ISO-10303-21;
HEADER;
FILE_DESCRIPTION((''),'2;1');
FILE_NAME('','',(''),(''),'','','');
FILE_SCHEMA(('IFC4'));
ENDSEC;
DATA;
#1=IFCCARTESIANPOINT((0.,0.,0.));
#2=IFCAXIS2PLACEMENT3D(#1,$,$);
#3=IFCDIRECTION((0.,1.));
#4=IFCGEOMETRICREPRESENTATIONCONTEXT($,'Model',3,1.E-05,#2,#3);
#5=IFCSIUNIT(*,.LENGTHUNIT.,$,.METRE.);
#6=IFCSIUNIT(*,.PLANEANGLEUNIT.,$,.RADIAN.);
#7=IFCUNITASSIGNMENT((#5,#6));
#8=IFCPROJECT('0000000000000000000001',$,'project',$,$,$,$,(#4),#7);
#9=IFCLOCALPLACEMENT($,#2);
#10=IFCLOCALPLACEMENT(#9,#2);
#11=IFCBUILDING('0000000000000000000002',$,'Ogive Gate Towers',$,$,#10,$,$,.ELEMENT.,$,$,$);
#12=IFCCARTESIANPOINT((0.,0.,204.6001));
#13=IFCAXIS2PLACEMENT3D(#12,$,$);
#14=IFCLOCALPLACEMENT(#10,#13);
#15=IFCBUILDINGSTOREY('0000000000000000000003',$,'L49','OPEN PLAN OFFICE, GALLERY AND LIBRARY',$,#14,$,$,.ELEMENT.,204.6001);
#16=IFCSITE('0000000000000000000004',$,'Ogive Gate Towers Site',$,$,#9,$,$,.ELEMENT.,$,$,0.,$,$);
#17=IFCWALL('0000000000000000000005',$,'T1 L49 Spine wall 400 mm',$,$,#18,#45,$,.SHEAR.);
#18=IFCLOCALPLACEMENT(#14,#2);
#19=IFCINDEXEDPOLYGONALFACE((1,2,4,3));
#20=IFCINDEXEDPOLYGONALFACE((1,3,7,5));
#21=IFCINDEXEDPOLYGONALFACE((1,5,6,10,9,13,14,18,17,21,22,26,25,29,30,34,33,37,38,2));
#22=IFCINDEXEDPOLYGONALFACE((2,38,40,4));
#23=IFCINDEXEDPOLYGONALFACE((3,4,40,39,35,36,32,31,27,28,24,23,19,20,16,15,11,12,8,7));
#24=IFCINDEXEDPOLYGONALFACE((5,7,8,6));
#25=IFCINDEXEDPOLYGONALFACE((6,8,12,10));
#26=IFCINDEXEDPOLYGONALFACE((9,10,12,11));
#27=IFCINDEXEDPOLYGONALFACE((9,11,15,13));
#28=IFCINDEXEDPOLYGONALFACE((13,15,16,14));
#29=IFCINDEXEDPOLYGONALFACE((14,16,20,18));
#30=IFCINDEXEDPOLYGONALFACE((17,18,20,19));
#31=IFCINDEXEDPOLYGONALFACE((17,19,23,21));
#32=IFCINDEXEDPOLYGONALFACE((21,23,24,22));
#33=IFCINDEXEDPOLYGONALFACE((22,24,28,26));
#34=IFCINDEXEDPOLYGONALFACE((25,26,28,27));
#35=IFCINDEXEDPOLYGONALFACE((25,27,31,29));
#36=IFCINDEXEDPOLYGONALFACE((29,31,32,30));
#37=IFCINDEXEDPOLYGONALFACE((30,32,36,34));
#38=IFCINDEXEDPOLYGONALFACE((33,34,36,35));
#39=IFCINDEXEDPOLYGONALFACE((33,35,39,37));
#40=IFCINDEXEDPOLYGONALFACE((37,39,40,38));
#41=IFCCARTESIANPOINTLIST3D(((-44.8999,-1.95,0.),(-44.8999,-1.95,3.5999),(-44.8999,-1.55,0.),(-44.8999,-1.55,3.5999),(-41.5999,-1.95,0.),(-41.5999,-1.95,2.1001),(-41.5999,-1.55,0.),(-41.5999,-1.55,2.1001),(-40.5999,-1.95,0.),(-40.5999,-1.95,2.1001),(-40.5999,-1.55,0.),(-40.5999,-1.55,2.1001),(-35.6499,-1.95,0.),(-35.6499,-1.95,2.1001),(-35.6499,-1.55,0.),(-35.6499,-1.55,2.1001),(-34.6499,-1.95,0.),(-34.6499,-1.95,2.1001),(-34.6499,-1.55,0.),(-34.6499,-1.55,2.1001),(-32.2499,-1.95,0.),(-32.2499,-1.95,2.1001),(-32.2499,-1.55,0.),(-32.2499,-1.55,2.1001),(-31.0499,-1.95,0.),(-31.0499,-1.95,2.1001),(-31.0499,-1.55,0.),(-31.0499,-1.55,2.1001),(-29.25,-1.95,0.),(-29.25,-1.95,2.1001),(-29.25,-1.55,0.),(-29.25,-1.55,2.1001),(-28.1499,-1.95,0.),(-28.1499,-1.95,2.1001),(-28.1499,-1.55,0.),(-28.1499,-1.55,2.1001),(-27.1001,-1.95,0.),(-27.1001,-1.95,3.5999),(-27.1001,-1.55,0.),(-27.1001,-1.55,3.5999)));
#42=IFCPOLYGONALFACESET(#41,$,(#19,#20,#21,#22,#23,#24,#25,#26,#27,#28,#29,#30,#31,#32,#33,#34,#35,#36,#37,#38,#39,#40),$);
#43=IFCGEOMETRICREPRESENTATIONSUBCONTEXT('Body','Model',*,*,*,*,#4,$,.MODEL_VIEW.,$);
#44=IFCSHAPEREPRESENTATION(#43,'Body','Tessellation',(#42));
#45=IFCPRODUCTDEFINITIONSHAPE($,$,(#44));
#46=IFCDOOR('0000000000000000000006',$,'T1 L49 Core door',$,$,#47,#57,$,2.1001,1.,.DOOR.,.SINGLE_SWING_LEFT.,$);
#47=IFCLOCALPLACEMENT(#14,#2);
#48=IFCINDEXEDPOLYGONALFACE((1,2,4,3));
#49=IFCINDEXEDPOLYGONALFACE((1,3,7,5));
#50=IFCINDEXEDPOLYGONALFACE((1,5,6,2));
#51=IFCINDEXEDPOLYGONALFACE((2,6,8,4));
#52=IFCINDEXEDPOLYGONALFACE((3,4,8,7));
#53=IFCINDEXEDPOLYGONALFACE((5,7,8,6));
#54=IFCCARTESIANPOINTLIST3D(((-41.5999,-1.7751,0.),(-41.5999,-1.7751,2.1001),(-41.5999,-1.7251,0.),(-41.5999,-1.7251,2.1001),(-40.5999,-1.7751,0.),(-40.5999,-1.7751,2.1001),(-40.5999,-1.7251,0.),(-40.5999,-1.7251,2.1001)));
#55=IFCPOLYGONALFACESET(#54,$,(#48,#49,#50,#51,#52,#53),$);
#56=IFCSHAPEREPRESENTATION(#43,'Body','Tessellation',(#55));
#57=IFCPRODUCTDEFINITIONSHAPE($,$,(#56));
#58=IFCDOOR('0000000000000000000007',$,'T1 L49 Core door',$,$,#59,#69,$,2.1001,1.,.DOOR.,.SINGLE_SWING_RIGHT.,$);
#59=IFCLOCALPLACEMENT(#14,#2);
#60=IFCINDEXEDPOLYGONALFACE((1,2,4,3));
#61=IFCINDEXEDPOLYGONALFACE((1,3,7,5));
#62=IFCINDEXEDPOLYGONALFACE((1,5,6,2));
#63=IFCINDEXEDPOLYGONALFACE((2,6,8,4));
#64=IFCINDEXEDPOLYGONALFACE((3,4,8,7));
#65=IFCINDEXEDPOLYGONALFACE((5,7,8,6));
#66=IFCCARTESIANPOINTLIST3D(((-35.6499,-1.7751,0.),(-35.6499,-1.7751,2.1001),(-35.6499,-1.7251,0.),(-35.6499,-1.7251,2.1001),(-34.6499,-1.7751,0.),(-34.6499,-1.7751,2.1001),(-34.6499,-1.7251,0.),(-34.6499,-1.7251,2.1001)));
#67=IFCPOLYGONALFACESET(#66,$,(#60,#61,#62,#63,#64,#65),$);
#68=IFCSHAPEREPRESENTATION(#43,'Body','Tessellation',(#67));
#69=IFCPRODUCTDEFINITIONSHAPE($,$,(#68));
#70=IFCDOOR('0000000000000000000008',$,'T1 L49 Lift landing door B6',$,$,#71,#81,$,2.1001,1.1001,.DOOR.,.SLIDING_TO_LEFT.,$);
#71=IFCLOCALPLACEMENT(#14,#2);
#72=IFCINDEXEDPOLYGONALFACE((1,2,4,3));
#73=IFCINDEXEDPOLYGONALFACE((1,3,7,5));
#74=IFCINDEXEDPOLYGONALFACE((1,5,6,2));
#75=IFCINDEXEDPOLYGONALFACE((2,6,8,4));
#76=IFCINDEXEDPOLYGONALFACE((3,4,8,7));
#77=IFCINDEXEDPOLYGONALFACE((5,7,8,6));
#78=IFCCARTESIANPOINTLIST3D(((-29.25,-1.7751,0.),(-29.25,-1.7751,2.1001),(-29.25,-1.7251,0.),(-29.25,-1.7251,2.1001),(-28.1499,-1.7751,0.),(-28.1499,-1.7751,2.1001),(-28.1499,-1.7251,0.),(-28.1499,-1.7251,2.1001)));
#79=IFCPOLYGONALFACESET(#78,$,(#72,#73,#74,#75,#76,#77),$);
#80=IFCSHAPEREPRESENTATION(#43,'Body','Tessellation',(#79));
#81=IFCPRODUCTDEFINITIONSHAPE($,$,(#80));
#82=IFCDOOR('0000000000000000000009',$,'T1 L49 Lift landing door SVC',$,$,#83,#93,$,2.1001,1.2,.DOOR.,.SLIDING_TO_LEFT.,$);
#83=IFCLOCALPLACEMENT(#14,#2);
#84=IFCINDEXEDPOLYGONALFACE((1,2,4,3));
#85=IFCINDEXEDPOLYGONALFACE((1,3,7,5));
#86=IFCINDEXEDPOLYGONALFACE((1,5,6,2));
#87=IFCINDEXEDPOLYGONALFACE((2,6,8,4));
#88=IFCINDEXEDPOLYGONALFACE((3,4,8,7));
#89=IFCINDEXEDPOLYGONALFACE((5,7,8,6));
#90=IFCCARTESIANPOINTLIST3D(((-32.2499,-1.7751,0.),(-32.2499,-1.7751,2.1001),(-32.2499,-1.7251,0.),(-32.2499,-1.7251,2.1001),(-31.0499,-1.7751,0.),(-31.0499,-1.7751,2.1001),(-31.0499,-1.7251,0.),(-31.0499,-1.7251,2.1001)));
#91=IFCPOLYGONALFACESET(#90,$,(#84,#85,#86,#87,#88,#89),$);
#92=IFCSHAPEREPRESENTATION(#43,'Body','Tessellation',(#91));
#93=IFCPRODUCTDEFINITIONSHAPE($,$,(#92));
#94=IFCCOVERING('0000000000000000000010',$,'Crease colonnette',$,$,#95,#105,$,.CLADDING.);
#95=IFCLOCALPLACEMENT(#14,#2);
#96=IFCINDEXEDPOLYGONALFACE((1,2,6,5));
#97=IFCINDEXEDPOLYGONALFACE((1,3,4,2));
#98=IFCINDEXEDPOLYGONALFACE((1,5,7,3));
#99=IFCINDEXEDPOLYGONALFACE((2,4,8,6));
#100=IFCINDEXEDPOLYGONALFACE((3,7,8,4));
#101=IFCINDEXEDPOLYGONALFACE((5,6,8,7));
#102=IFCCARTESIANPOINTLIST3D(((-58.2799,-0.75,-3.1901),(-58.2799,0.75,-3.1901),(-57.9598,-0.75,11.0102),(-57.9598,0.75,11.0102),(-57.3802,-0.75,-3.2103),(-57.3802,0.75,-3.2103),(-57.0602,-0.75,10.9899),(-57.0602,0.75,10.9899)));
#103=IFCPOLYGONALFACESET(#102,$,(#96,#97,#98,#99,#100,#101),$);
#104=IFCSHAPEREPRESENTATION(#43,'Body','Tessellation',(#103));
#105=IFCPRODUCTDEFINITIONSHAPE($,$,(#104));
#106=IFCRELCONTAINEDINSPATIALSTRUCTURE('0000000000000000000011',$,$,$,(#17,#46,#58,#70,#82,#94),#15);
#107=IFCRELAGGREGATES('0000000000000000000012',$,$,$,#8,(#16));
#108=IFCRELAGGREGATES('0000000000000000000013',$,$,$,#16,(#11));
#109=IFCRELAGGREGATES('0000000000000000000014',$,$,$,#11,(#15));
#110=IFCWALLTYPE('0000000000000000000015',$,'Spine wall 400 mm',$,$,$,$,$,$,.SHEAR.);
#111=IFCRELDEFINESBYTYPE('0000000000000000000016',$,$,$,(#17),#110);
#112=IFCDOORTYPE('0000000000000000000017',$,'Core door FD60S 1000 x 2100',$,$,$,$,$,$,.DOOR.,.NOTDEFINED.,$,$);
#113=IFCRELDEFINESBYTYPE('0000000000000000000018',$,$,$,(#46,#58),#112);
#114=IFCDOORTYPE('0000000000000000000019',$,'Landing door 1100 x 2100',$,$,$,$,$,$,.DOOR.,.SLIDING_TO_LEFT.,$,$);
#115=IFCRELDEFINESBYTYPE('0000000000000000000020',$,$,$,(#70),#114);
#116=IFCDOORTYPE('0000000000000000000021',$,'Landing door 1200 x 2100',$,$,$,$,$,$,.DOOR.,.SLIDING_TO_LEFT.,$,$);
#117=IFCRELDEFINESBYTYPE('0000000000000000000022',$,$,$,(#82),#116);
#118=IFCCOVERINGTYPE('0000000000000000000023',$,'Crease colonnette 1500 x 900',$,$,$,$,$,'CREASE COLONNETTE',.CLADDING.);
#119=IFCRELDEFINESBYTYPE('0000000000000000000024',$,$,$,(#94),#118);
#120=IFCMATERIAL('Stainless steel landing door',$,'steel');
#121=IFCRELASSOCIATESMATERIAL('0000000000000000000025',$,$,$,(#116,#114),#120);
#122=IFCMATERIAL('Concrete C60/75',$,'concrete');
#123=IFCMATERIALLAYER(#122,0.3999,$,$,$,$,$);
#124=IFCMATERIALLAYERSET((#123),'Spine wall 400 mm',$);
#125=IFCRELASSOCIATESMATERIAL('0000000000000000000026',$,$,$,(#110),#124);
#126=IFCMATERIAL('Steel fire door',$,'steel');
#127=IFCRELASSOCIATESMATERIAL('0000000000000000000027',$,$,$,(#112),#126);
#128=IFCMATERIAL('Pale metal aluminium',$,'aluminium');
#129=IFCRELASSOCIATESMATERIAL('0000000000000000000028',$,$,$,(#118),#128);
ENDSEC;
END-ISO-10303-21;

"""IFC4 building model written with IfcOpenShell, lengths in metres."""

from ifc_helpers import new_model, si_unit, direction, frame, frame_2d, origin, origin_2d, place, context, subcontext, project, spatial, rectangle, extrude, material, layer, layer_set, material_profile, profile_set, type_object, element, fill, save


model = new_model("IFC4")

# Units and contexts
model_context = context("Model", 3, precision=1e-05, world=origin(), true_north=direction((0.0, 1.0)))
body_context = subcontext(model_context, "Body", "Model", "MODEL_VIEW")
ifc_project = project(units=[si_unit("LENGTHUNIT", "METRE"), si_unit("PLANEANGLEUNIT", "RADIAN")], contexts=[model_context])

# Site, building, storey
site_placement = place(None, origin())
site = spatial("IfcSite", under=ifc_project, at=site_placement, Name="Ogive Gate Towers Site", CompositionType="ELEMENT", RefElevation=0.0)
building_placement = place(site_placement, origin())
building = spatial("IfcBuilding", under=site, at=building_placement, Name="Ogive Gate Towers", CompositionType="ELEMENT")
storey_placement = place(building_placement, frame((0.0, 0.0, 204.6001)))
storey = spatial("IfcBuildingStorey", under=building, at=storey_placement, Name="L49", Description="OPEN PLAN OFFICE, GALLERY AND LIBRARY", CompositionType="ELEMENT", Elevation=204.6001)

# Shared definitions
ifc_material_1 = material(Name="Concrete C60/75", Category="concrete")
ifc_material_2 = material(Name="Steel fire door", Category="steel")

# Shared definitions
ifc_material_3 = material(Name="Stainless steel landing door", Category="steel")
door_type_1 = type_object("IfcDoorType", Name="Landing door 1200 x 2100", OperationType="SLIDING_TO_LEFT", PredefinedType="DOOR", material=ifc_material_3)

# Wall, openings, doors
ifc_layer_1 = layer(ifc_material_1, 0.3999)
ifc_layer_set_1 = layer_set([ifc_layer_1], Name="Spine wall 400 mm")
wall_type_1 = type_object("IfcWallType", Name="Spine wall 400 mm", PredefinedType="SHEAR", material=ifc_layer_set_1)
wall_1_placement = place(storey_placement, frame((-44.8999, -1.75, 0.0), z_axis=(0.0, 0.0, 1.0), x_axis=(1.0, 0.0, 0.0)))
wall_1 = element("IfcWall", 1, at=wall_1_placement, inside=storey, type_object=wall_type_1, Name="T1 L49 Spine wall 400 mm", PredefinedType="SHEAR", context=body_context, shape_type="SweptSolid", body=[
    extrude(rectangle(XDim=17.7998, YDim=0.3999, at=frame_2d((8.8999, 0.0))), origin(), (0.0, 0.0, 1.0), 3.5999),
])
opening_1_placement = place(wall_1_placement, frame((12.6499, 0.0, 0.0)))
opening_1 = element("IfcOpeningElement", 2, at=opening_1_placement, cuts=wall_1, PredefinedType="OPENING", context=body_context, shape_type="SweptSolid", body=[
    extrude(rectangle(XDim=1.2, YDim=2.1001, at=frame_2d((0.6001, 1.05))), frame((0.0, 0.21, 0.0), z_axis=(0.0, -1.0, 0.0), x_axis=(1.0, 0.0, 0.0)), (0.0, 0.0, 1.0), 0.4199),
])
opening_2_placement = place(wall_1_placement, frame((15.6499, 0.0, 0.0)))
opening_2 = element("IfcOpeningElement", 3, at=opening_2_placement, cuts=wall_1, PredefinedType="OPENING", context=body_context, shape_type="SweptSolid", body=[
    extrude(rectangle(XDim=1.1001, YDim=2.1001, at=frame_2d((0.55, 1.05))), frame((0.0, 0.21, 0.0), z_axis=(0.0, -1.0, 0.0), x_axis=(1.0, 0.0, 0.0)), (0.0, 0.0, 1.0), 0.4199),
])
opening_3_placement = place(wall_1_placement, frame((3.3, 0.0, 0.0)))
opening_3 = element("IfcOpeningElement", 4, at=opening_3_placement, cuts=wall_1, PredefinedType="OPENING", context=body_context, shape_type="SweptSolid", body=[
    extrude(rectangle(XDim=1.0, YDim=2.1001, at=frame_2d((0.5, 1.05))), frame((0.0, 0.21, 0.0), z_axis=(0.0, -1.0, 0.0), x_axis=(1.0, 0.0, 0.0)), (0.0, 0.0, 1.0), 0.4199),
])
opening_4_placement = place(wall_1_placement, frame((9.25, 0.0, 0.0)))
opening_4 = element("IfcOpeningElement", 5, at=opening_4_placement, cuts=wall_1, PredefinedType="OPENING", context=body_context, shape_type="SweptSolid", body=[
    extrude(rectangle(XDim=1.0, YDim=2.1001, at=frame_2d((0.5, 1.05))), frame((0.0, 0.21, 0.0), z_axis=(0.0, -1.0, 0.0), x_axis=(1.0, 0.0, 0.0)), (0.0, 0.0, 1.0), 0.4199),
])
door_type_2 = type_object("IfcDoorType", Name="Core door FD60S 1000 x 2100", OperationType="NOTDEFINED", PredefinedType="DOOR", material=ifc_material_2)
door_1_placement = place(opening_3_placement, origin())
door_1 = element("IfcDoor", 6, at=door_1_placement, inside=storey, type_object=door_type_2, Name="T1 L49 Core door", OperationType="SINGLE_SWING_LEFT", OverallHeight=2.1001, OverallWidth=1.0, PredefinedType="DOOR", context=body_context, shape_type="SweptSolid", body=[
    extrude(rectangle(XDim=1.0, YDim=2.1001, at=frame_2d((0.5, 1.05))), frame((0.0, 0.0249, 0.0), z_axis=(0.0, -1.0, 0.0), x_axis=(1.0, 0.0, 0.0)), (0.0, 0.0, 1.0), 0.05),
])
fill(opening_3, door_1)
door_2_placement = place(opening_4_placement, origin())
door_2 = element("IfcDoor", 7, at=door_2_placement, inside=storey, type_object=door_type_2, Name="T1 L49 Core door", OperationType="SINGLE_SWING_RIGHT", OverallHeight=2.1001, OverallWidth=1.0, PredefinedType="DOOR", context=body_context, shape_type="SweptSolid", body=[
    extrude(rectangle(XDim=1.0, YDim=2.1001, at=frame_2d((0.5, 1.05))), frame((0.0, 0.0249, 0.0), z_axis=(0.0, -1.0, 0.0), x_axis=(1.0, 0.0, 0.0)), (0.0, 0.0, 1.0), 0.05),
])
fill(opening_4, door_2)
door_type_3 = type_object("IfcDoorType", Name="Landing door 1100 x 2100", OperationType="SLIDING_TO_LEFT", PredefinedType="DOOR", material=ifc_material_3)
door_3_placement = place(opening_2_placement, origin())
door_3 = element("IfcDoor", 8, at=door_3_placement, inside=storey, type_object=door_type_3, Name="T1 L49 Lift landing door B6", OperationType="SLIDING_TO_LEFT", OverallHeight=2.1001, OverallWidth=1.1001, PredefinedType="DOOR", context=body_context, shape_type="SweptSolid", body=[
    extrude(rectangle(XDim=1.1001, YDim=2.1001, at=frame_2d((0.55, 1.05))), frame((0.0, 0.0249, 0.0), z_axis=(0.0, -1.0, 0.0), x_axis=(1.0, 0.0, 0.0)), (0.0, 0.0, 1.0), 0.05),
])
fill(opening_2, door_3)
door_4_placement = place(opening_1_placement, origin())
door_4 = element("IfcDoor", 9, at=door_4_placement, inside=storey, type_object=door_type_1, Name="T1 L49 Lift landing door SVC", OperationType="SLIDING_TO_LEFT", OverallHeight=2.1001, OverallWidth=1.2, PredefinedType="DOOR", context=body_context, shape_type="SweptSolid", body=[
    extrude(rectangle(XDim=1.2, YDim=2.1001, at=frame_2d((0.6001, 1.05))), frame((0.0, 0.0249, 0.0), z_axis=(0.0, -1.0, 0.0), x_axis=(1.0, 0.0, 0.0)), (0.0, 0.0, 1.0), 0.05),
])
fill(opening_1, door_4)

# Covering
ifc_material_4 = material(Name="Pale metal aluminium", Category="aluminium")
ifc_material_profile_1 = material_profile(ifc_material_4, rectangle(XDim=1.5, YDim=0.8999, at=origin_2d()), Name="1500 x 900 pale metal aluminium")
ifc_profile_set_1 = profile_set([ifc_material_profile_1], Name="Pale metal aluminium")
covering_type = type_object("IfcCoveringType", Name="Crease colonnette 1500 x 900", ElementType="CREASE COLONNETTE", PredefinedType="CLADDING", material=ifc_profile_set_1)
covering_placement = place(storey_placement, frame((-57.8301, 0.0, -3.2002), z_axis=(0.022534, 0.0, 0.999746), x_axis=(0.0, 1.0, 0.0)))
element("IfcCovering", 10, at=covering_placement, inside=storey, type_object=covering_type, Name="Crease colonnette", PredefinedType="CLADDING", context=body_context, shape_type="SweptSolid", body=[
    extrude(rectangle(XDim=1.5, YDim=0.8999, at=origin_2d()), origin(), (0.0, 0.0, 1.0), 14.2039),
])

save(model, "model.ifc")
